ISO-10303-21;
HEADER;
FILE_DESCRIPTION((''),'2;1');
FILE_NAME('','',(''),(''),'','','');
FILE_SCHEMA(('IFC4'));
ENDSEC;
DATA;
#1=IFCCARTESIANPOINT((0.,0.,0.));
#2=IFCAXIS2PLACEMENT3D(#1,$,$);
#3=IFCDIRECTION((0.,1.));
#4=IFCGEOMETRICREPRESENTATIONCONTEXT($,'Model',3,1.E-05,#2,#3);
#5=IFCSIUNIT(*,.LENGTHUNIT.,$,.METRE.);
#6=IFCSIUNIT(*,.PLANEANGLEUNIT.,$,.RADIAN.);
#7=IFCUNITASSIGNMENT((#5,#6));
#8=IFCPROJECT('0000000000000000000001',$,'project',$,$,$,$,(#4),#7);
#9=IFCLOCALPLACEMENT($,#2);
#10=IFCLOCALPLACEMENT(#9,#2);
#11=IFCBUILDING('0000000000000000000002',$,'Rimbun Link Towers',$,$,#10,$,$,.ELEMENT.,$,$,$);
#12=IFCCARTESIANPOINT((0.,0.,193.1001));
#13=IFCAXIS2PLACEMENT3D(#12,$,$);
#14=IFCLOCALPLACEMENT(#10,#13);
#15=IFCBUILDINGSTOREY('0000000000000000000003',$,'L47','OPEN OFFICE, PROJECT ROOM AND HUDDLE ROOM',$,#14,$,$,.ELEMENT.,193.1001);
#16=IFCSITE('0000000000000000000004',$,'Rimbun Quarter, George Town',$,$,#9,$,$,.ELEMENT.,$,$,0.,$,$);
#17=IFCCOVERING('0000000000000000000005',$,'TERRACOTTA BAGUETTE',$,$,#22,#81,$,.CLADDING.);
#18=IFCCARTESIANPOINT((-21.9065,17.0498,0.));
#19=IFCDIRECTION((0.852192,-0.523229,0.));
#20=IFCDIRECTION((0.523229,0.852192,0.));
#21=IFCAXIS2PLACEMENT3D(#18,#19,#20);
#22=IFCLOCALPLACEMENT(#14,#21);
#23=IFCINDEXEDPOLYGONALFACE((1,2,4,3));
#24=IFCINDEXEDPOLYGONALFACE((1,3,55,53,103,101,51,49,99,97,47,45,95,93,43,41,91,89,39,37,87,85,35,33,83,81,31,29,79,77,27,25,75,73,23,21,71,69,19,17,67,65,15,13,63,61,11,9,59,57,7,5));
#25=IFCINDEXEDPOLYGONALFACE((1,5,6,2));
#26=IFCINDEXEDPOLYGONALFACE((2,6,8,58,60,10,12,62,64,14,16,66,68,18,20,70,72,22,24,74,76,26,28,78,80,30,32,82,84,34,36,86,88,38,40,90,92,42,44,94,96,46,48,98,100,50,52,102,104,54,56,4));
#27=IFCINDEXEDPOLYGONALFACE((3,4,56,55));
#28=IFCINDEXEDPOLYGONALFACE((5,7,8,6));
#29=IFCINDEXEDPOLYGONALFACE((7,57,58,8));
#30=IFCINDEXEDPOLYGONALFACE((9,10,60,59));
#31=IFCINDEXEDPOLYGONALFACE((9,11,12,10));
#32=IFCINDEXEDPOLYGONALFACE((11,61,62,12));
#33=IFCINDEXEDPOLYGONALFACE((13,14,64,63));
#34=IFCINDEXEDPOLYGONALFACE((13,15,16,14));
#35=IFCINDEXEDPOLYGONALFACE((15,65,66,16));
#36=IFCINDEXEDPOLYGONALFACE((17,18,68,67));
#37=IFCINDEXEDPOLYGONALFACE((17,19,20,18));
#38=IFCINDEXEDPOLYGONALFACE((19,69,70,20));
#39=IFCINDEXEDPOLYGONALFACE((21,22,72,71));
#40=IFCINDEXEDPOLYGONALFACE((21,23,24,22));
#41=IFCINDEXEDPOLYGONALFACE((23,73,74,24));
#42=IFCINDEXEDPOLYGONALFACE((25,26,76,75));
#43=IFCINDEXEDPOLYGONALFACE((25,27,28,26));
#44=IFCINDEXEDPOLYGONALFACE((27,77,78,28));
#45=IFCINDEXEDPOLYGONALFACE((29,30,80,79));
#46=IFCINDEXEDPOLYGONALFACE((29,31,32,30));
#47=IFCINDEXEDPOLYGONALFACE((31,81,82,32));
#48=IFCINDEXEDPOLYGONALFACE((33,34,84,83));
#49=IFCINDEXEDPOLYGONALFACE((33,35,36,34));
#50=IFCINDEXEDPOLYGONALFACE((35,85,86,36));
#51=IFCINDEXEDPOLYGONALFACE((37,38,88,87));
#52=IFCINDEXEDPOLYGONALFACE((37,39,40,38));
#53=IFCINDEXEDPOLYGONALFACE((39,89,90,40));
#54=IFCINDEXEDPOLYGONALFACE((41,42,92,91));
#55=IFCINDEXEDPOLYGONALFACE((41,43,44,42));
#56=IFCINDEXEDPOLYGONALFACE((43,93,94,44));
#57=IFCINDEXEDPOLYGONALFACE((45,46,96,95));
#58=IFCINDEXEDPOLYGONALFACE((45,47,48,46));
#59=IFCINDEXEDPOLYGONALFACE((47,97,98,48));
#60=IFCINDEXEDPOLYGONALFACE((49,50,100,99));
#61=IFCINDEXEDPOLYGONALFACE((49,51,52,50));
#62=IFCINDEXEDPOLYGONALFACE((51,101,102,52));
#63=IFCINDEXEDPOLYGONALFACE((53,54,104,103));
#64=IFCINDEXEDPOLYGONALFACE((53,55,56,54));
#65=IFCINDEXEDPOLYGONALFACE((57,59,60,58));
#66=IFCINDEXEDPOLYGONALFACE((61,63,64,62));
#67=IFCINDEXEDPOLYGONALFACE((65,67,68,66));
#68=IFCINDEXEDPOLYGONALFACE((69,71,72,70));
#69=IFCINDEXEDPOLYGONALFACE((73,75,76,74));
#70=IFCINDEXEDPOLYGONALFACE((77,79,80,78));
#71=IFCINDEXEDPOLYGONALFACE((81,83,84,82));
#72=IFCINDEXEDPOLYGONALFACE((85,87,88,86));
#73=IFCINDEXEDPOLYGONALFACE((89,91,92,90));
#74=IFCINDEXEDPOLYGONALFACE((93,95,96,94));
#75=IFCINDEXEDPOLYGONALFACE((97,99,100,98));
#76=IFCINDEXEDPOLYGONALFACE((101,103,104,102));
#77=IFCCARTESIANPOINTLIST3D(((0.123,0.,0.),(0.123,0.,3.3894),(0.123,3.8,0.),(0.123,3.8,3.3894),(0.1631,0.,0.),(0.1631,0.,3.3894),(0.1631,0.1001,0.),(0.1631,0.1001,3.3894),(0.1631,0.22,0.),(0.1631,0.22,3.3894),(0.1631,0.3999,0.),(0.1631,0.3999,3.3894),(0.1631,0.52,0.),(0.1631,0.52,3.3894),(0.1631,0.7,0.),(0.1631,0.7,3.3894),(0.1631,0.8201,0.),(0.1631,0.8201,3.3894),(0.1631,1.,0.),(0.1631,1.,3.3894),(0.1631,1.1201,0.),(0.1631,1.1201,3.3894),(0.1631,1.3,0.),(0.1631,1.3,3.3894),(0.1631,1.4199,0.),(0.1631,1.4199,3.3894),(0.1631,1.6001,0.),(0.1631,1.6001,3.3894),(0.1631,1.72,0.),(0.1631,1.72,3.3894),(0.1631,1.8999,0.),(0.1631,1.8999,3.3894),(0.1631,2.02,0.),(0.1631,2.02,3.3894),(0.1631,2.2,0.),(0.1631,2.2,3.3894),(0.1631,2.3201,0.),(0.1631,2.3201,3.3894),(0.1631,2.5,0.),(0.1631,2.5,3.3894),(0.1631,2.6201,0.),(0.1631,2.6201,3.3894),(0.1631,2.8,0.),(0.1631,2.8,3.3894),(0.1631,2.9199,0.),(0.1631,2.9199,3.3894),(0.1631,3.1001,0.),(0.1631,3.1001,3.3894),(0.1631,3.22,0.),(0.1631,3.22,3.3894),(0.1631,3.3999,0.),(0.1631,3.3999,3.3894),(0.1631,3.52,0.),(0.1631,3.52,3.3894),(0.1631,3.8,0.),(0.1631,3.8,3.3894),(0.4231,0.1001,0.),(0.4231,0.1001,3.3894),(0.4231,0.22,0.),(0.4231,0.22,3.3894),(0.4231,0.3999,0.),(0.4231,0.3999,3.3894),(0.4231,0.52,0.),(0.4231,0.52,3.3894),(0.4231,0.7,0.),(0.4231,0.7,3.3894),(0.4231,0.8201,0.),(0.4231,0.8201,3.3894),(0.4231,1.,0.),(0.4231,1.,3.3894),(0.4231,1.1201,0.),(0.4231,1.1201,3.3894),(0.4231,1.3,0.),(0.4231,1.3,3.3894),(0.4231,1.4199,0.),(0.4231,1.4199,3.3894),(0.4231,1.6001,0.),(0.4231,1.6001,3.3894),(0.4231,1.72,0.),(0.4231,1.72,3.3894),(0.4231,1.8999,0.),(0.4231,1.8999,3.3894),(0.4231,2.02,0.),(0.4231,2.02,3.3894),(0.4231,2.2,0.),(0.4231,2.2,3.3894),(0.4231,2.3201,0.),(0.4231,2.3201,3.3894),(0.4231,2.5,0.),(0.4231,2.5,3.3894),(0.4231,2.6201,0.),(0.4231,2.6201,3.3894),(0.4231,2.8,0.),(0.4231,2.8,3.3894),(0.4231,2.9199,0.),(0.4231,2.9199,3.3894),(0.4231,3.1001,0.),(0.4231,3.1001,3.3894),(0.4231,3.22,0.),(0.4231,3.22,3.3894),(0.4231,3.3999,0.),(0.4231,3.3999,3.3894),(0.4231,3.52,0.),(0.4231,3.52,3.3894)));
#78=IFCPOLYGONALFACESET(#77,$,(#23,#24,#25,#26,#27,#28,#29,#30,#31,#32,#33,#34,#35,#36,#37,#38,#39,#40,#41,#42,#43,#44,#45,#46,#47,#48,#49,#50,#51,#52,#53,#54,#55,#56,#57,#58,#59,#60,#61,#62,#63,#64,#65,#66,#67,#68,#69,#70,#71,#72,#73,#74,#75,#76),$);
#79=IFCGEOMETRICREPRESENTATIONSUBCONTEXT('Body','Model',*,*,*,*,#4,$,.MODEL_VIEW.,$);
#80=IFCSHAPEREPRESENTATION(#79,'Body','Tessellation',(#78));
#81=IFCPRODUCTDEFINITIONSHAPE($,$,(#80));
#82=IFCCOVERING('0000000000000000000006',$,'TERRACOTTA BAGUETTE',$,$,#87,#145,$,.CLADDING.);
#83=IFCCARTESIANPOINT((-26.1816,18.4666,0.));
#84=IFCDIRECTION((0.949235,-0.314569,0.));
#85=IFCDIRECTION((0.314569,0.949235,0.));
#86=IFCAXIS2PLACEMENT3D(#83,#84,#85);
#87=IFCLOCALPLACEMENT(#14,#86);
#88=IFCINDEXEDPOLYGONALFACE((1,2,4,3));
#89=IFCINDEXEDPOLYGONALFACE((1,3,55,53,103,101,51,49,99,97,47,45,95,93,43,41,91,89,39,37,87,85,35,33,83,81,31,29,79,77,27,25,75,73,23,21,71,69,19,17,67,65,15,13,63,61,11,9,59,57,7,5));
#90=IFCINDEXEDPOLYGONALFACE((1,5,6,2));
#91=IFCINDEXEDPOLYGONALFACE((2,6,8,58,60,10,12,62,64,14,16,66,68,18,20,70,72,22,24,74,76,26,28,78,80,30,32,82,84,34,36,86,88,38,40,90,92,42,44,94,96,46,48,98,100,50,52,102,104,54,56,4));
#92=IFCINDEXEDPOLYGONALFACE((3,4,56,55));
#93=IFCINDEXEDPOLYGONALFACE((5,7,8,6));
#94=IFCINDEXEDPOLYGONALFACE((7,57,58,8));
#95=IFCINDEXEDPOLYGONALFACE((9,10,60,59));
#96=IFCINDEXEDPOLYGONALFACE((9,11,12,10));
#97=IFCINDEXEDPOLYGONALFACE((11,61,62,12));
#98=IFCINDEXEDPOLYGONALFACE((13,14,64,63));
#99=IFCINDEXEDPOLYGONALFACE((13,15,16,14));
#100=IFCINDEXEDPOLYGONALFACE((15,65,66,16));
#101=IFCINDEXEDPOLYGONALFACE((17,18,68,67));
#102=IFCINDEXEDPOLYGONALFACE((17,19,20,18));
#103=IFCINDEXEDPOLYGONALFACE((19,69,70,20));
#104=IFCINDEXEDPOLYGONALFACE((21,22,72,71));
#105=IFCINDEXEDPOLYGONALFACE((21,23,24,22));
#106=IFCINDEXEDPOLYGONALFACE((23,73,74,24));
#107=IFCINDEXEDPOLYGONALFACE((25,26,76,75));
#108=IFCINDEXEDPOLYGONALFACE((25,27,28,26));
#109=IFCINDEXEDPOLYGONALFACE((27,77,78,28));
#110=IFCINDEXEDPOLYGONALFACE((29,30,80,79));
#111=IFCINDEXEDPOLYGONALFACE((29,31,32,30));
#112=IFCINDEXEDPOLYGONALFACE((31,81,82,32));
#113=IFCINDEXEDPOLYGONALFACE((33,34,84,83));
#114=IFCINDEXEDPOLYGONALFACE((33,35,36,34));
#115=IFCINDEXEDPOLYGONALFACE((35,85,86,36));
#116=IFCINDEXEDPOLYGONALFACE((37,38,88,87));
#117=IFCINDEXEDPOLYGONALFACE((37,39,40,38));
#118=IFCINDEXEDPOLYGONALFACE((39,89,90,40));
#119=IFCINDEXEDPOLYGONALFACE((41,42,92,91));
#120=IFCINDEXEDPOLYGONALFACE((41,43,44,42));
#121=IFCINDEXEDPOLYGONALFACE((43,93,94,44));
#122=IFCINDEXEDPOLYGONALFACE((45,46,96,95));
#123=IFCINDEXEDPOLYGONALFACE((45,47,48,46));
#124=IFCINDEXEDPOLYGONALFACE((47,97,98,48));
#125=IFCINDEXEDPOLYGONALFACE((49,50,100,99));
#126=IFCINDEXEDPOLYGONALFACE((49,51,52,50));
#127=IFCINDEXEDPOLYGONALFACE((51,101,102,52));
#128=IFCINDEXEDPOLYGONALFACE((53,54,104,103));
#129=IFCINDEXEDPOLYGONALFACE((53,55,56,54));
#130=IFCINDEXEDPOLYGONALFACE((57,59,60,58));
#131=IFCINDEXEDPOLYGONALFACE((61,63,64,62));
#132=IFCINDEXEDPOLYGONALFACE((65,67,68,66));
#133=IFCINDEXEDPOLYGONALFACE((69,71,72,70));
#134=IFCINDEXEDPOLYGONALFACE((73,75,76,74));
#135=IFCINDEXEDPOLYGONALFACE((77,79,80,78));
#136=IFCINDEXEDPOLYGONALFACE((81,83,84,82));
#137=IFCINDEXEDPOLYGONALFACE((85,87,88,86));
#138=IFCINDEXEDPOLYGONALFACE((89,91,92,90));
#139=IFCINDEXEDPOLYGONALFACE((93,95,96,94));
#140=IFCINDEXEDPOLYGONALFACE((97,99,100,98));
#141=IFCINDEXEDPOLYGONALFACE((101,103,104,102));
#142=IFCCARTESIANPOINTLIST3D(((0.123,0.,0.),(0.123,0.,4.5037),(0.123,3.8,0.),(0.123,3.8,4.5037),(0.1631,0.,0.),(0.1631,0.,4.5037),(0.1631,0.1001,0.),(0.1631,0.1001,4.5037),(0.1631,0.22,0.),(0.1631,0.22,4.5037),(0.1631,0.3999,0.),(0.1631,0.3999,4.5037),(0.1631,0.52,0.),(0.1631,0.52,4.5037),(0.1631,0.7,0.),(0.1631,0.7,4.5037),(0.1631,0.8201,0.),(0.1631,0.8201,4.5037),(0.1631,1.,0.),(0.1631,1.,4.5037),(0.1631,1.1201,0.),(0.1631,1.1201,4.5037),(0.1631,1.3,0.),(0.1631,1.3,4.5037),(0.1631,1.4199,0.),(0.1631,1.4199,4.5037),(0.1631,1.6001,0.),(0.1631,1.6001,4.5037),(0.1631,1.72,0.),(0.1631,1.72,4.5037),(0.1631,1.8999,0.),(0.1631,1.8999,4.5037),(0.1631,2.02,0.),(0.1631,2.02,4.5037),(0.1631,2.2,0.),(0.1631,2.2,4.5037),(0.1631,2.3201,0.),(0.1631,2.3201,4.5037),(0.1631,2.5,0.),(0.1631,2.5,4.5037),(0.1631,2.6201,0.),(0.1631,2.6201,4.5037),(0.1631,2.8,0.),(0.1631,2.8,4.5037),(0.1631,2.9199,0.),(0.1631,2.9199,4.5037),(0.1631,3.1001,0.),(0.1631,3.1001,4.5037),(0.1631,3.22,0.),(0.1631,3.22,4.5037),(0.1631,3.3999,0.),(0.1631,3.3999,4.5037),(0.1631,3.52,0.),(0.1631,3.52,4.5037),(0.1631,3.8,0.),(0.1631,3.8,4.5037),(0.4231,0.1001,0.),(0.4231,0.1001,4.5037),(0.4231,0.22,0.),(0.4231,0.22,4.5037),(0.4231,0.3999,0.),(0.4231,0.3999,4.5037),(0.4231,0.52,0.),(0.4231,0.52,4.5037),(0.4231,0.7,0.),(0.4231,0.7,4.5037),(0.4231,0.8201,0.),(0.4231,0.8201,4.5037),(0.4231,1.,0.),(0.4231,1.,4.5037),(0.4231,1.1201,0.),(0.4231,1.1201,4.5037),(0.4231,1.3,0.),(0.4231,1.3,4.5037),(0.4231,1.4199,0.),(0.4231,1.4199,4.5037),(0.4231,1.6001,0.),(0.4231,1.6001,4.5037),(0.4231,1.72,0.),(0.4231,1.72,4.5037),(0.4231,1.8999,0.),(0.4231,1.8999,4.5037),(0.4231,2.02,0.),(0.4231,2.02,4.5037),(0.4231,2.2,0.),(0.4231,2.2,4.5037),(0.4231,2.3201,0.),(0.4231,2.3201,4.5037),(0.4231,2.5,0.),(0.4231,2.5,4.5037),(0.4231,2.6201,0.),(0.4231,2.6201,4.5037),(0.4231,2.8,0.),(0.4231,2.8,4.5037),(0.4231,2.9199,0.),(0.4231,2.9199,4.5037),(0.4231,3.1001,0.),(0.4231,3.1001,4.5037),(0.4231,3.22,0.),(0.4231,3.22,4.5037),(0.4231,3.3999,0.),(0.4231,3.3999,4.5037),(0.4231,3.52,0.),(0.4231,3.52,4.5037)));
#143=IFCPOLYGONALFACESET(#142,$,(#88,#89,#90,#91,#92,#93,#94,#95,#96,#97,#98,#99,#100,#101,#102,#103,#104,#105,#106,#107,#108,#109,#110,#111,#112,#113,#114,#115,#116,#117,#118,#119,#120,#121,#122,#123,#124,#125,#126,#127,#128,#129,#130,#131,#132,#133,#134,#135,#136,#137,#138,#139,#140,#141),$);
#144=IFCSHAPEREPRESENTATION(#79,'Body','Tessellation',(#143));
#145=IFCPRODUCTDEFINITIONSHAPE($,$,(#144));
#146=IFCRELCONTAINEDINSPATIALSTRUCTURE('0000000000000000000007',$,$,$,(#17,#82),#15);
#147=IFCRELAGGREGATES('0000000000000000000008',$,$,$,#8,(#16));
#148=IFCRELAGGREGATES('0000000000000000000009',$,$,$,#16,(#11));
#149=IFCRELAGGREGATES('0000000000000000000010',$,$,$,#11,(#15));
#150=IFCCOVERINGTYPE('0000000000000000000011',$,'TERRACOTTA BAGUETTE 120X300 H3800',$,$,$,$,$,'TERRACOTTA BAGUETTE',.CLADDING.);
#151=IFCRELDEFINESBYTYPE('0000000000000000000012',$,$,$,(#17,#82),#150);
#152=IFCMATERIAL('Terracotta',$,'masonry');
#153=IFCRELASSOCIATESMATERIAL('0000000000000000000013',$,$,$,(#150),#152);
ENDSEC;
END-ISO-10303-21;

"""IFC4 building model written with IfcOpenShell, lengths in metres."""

from ifc_helpers import new_model, si_unit, direction, frame, origin, place, context, subcontext, project, spatial, polyline, outline, extrude, material, material_profile, profile_set, type_object, element, save


model = new_model("IFC4")

# Units and contexts
model_context = context("Model", 3, precision=1e-05, world=origin(), true_north=direction((0.0, 1.0)))
body_context = subcontext(model_context, "Body", "Model", "MODEL_VIEW")
ifc_project = project(units=[si_unit("LENGTHUNIT", "METRE"), si_unit("PLANEANGLEUNIT", "RADIAN")], contexts=[model_context])

# Site, building, storey
site_placement = place(None, origin())
site = spatial("IfcSite", under=ifc_project, at=site_placement, Name="Rimbun Quarter, George Town", CompositionType="ELEMENT", RefElevation=0.0)
building_placement = place(site_placement, origin())
building = spatial("IfcBuilding", under=site, at=building_placement, Name="Rimbun Link Towers", CompositionType="ELEMENT")
storey_placement = place(building_placement, frame((0.0, 0.0, 193.1001)))
storey = spatial("IfcBuildingStorey", under=building, at=storey_placement, Name="L47", Description="OPEN OFFICE, PROJECT ROOM AND HUDDLE ROOM", CompositionType="ELEMENT", Elevation=193.1001)

# Coverings
ifc_material_1 = material(Name="Terracotta", Category="masonry")
ifc_material_profile_1 = material_profile(ifc_material_1, outline(polyline([(0.123, 0.0), (0.1631, 0.0), (0.1631, 0.1001), (0.4231, 0.1001), (0.4231, 0.22), (0.1631, 0.22), (0.1631, 0.3999), (0.4231, 0.3999), (0.4231, 0.52), (0.1631, 0.52), (0.1631, 0.7), (0.4231, 0.7), (0.4231, 0.8201), (0.1631, 0.8201), (0.1631, 1.0), (0.4231, 1.0), (0.4231, 1.1201), (0.1631, 1.1201), (0.1631, 1.3), (0.4231, 1.3), (0.4231, 1.4199), (0.1631, 1.4199), (0.1631, 1.6001), (0.4231, 1.6001), (0.4231, 1.72), (0.1631, 1.72), (0.1631, 1.8999), (0.4231, 1.8999), (0.4231, 2.02), (0.1631, 2.02), (0.1631, 2.2), (0.4231, 2.2), (0.4231, 2.3201), (0.1631, 2.3201), (0.1631, 2.5), (0.4231, 2.5), (0.4231, 2.6201), (0.1631, 2.6201), (0.1631, 2.8), (0.4231, 2.8), (0.4231, 2.9199), (0.1631, 2.9199), (0.1631, 3.1001), (0.4231, 3.1001), (0.4231, 3.22), (0.1631, 3.22), (0.1631, 3.3999), (0.4231, 3.3999), (0.4231, 3.52), (0.1631, 3.52), (0.1631, 3.8), (0.123, 3.8), (0.123, 0.0)])), Name="BAGUETTE 120X300")
ifc_profile_set_1 = profile_set([ifc_material_profile_1], Name="Terracotta")
covering_type = type_object("IfcCoveringType", Name="TERRACOTTA BAGUETTE 120X300 H3800", ElementType="TERRACOTTA BAGUETTE", PredefinedType="CLADDING", material=ifc_profile_set_1)
covering_1_placement = place(storey_placement, frame((-21.9065, 17.0498, 0.0), z_axis=(0.852192, -0.523229, 0.0), x_axis=(0.523229, 0.852192, 0.0)))
element("IfcCovering", 1, at=covering_1_placement, inside=storey, type_object=covering_type, Name="TERRACOTTA BAGUETTE", PredefinedType="CLADDING", context=body_context, shape_type="SweptSolid", body=[
    extrude(outline(polyline([(0.123, 0.0), (0.1631, 0.0), (0.1631, 0.1001), (0.4231, 0.1001), (0.4231, 0.22), (0.1631, 0.22), (0.1631, 0.3999), (0.4231, 0.3999), (0.4231, 0.52), (0.1631, 0.52), (0.1631, 0.7), (0.4231, 0.7), (0.4231, 0.8201), (0.1631, 0.8201), (0.1631, 1.0), (0.4231, 1.0), (0.4231, 1.1201), (0.1631, 1.1201), (0.1631, 1.3), (0.4231, 1.3), (0.4231, 1.4199), (0.1631, 1.4199), (0.1631, 1.6001), (0.4231, 1.6001), (0.4231, 1.72), (0.1631, 1.72), (0.1631, 1.8999), (0.4231, 1.8999), (0.4231, 2.02), (0.1631, 2.02), (0.1631, 2.2), (0.4231, 2.2), (0.4231, 2.3201), (0.1631, 2.3201), (0.1631, 2.5), (0.4231, 2.5), (0.4231, 2.6201), (0.1631, 2.6201), (0.1631, 2.8), (0.4231, 2.8), (0.4231, 2.9199), (0.1631, 2.9199), (0.1631, 3.1001), (0.4231, 3.1001), (0.4231, 3.22), (0.1631, 3.22), (0.1631, 3.3999), (0.4231, 3.3999), (0.4231, 3.52), (0.1631, 3.52), (0.1631, 3.8), (0.123, 3.8), (0.123, 0.0)])), origin(), (0.0, 0.0, 1.0), 3.3894),
])
covering_2_placement = place(storey_placement, frame((-26.1816, 18.4666, 0.0), z_axis=(0.949235, -0.314569, 0.0), x_axis=(0.314569, 0.949235, 0.0)))
element("IfcCovering", 2, at=covering_2_placement, inside=storey, type_object=covering_type, Name="TERRACOTTA BAGUETTE", PredefinedType="CLADDING", context=body_context, shape_type="SweptSolid", body=[
    extrude(outline(polyline([(0.123, 0.0), (0.1631, 0.0), (0.1631, 0.1001), (0.4231, 0.1001), (0.4231, 0.22), (0.1631, 0.22), (0.1631, 0.3999), (0.4231, 0.3999), (0.4231, 0.52), (0.1631, 0.52), (0.1631, 0.7), (0.4231, 0.7), (0.4231, 0.8201), (0.1631, 0.8201), (0.1631, 1.0), (0.4231, 1.0), (0.4231, 1.1201), (0.1631, 1.1201), (0.1631, 1.3), (0.4231, 1.3), (0.4231, 1.4199), (0.1631, 1.4199), (0.1631, 1.6001), (0.4231, 1.6001), (0.4231, 1.72), (0.1631, 1.72), (0.1631, 1.8999), (0.4231, 1.8999), (0.4231, 2.02), (0.1631, 2.02), (0.1631, 2.2), (0.4231, 2.2), (0.4231, 2.3201), (0.1631, 2.3201), (0.1631, 2.5), (0.4231, 2.5), (0.4231, 2.6201), (0.1631, 2.6201), (0.1631, 2.8), (0.4231, 2.8), (0.4231, 2.9199), (0.1631, 2.9199), (0.1631, 3.1001), (0.4231, 3.1001), (0.4231, 3.22), (0.1631, 3.22), (0.1631, 3.3999), (0.4231, 3.3999), (0.4231, 3.52), (0.1631, 3.52), (0.1631, 3.8), (0.123, 3.8), (0.123, 0.0)])), origin(), (0.0, 0.0, 1.0), 4.5037),
])

save(model, "model.ifc")
